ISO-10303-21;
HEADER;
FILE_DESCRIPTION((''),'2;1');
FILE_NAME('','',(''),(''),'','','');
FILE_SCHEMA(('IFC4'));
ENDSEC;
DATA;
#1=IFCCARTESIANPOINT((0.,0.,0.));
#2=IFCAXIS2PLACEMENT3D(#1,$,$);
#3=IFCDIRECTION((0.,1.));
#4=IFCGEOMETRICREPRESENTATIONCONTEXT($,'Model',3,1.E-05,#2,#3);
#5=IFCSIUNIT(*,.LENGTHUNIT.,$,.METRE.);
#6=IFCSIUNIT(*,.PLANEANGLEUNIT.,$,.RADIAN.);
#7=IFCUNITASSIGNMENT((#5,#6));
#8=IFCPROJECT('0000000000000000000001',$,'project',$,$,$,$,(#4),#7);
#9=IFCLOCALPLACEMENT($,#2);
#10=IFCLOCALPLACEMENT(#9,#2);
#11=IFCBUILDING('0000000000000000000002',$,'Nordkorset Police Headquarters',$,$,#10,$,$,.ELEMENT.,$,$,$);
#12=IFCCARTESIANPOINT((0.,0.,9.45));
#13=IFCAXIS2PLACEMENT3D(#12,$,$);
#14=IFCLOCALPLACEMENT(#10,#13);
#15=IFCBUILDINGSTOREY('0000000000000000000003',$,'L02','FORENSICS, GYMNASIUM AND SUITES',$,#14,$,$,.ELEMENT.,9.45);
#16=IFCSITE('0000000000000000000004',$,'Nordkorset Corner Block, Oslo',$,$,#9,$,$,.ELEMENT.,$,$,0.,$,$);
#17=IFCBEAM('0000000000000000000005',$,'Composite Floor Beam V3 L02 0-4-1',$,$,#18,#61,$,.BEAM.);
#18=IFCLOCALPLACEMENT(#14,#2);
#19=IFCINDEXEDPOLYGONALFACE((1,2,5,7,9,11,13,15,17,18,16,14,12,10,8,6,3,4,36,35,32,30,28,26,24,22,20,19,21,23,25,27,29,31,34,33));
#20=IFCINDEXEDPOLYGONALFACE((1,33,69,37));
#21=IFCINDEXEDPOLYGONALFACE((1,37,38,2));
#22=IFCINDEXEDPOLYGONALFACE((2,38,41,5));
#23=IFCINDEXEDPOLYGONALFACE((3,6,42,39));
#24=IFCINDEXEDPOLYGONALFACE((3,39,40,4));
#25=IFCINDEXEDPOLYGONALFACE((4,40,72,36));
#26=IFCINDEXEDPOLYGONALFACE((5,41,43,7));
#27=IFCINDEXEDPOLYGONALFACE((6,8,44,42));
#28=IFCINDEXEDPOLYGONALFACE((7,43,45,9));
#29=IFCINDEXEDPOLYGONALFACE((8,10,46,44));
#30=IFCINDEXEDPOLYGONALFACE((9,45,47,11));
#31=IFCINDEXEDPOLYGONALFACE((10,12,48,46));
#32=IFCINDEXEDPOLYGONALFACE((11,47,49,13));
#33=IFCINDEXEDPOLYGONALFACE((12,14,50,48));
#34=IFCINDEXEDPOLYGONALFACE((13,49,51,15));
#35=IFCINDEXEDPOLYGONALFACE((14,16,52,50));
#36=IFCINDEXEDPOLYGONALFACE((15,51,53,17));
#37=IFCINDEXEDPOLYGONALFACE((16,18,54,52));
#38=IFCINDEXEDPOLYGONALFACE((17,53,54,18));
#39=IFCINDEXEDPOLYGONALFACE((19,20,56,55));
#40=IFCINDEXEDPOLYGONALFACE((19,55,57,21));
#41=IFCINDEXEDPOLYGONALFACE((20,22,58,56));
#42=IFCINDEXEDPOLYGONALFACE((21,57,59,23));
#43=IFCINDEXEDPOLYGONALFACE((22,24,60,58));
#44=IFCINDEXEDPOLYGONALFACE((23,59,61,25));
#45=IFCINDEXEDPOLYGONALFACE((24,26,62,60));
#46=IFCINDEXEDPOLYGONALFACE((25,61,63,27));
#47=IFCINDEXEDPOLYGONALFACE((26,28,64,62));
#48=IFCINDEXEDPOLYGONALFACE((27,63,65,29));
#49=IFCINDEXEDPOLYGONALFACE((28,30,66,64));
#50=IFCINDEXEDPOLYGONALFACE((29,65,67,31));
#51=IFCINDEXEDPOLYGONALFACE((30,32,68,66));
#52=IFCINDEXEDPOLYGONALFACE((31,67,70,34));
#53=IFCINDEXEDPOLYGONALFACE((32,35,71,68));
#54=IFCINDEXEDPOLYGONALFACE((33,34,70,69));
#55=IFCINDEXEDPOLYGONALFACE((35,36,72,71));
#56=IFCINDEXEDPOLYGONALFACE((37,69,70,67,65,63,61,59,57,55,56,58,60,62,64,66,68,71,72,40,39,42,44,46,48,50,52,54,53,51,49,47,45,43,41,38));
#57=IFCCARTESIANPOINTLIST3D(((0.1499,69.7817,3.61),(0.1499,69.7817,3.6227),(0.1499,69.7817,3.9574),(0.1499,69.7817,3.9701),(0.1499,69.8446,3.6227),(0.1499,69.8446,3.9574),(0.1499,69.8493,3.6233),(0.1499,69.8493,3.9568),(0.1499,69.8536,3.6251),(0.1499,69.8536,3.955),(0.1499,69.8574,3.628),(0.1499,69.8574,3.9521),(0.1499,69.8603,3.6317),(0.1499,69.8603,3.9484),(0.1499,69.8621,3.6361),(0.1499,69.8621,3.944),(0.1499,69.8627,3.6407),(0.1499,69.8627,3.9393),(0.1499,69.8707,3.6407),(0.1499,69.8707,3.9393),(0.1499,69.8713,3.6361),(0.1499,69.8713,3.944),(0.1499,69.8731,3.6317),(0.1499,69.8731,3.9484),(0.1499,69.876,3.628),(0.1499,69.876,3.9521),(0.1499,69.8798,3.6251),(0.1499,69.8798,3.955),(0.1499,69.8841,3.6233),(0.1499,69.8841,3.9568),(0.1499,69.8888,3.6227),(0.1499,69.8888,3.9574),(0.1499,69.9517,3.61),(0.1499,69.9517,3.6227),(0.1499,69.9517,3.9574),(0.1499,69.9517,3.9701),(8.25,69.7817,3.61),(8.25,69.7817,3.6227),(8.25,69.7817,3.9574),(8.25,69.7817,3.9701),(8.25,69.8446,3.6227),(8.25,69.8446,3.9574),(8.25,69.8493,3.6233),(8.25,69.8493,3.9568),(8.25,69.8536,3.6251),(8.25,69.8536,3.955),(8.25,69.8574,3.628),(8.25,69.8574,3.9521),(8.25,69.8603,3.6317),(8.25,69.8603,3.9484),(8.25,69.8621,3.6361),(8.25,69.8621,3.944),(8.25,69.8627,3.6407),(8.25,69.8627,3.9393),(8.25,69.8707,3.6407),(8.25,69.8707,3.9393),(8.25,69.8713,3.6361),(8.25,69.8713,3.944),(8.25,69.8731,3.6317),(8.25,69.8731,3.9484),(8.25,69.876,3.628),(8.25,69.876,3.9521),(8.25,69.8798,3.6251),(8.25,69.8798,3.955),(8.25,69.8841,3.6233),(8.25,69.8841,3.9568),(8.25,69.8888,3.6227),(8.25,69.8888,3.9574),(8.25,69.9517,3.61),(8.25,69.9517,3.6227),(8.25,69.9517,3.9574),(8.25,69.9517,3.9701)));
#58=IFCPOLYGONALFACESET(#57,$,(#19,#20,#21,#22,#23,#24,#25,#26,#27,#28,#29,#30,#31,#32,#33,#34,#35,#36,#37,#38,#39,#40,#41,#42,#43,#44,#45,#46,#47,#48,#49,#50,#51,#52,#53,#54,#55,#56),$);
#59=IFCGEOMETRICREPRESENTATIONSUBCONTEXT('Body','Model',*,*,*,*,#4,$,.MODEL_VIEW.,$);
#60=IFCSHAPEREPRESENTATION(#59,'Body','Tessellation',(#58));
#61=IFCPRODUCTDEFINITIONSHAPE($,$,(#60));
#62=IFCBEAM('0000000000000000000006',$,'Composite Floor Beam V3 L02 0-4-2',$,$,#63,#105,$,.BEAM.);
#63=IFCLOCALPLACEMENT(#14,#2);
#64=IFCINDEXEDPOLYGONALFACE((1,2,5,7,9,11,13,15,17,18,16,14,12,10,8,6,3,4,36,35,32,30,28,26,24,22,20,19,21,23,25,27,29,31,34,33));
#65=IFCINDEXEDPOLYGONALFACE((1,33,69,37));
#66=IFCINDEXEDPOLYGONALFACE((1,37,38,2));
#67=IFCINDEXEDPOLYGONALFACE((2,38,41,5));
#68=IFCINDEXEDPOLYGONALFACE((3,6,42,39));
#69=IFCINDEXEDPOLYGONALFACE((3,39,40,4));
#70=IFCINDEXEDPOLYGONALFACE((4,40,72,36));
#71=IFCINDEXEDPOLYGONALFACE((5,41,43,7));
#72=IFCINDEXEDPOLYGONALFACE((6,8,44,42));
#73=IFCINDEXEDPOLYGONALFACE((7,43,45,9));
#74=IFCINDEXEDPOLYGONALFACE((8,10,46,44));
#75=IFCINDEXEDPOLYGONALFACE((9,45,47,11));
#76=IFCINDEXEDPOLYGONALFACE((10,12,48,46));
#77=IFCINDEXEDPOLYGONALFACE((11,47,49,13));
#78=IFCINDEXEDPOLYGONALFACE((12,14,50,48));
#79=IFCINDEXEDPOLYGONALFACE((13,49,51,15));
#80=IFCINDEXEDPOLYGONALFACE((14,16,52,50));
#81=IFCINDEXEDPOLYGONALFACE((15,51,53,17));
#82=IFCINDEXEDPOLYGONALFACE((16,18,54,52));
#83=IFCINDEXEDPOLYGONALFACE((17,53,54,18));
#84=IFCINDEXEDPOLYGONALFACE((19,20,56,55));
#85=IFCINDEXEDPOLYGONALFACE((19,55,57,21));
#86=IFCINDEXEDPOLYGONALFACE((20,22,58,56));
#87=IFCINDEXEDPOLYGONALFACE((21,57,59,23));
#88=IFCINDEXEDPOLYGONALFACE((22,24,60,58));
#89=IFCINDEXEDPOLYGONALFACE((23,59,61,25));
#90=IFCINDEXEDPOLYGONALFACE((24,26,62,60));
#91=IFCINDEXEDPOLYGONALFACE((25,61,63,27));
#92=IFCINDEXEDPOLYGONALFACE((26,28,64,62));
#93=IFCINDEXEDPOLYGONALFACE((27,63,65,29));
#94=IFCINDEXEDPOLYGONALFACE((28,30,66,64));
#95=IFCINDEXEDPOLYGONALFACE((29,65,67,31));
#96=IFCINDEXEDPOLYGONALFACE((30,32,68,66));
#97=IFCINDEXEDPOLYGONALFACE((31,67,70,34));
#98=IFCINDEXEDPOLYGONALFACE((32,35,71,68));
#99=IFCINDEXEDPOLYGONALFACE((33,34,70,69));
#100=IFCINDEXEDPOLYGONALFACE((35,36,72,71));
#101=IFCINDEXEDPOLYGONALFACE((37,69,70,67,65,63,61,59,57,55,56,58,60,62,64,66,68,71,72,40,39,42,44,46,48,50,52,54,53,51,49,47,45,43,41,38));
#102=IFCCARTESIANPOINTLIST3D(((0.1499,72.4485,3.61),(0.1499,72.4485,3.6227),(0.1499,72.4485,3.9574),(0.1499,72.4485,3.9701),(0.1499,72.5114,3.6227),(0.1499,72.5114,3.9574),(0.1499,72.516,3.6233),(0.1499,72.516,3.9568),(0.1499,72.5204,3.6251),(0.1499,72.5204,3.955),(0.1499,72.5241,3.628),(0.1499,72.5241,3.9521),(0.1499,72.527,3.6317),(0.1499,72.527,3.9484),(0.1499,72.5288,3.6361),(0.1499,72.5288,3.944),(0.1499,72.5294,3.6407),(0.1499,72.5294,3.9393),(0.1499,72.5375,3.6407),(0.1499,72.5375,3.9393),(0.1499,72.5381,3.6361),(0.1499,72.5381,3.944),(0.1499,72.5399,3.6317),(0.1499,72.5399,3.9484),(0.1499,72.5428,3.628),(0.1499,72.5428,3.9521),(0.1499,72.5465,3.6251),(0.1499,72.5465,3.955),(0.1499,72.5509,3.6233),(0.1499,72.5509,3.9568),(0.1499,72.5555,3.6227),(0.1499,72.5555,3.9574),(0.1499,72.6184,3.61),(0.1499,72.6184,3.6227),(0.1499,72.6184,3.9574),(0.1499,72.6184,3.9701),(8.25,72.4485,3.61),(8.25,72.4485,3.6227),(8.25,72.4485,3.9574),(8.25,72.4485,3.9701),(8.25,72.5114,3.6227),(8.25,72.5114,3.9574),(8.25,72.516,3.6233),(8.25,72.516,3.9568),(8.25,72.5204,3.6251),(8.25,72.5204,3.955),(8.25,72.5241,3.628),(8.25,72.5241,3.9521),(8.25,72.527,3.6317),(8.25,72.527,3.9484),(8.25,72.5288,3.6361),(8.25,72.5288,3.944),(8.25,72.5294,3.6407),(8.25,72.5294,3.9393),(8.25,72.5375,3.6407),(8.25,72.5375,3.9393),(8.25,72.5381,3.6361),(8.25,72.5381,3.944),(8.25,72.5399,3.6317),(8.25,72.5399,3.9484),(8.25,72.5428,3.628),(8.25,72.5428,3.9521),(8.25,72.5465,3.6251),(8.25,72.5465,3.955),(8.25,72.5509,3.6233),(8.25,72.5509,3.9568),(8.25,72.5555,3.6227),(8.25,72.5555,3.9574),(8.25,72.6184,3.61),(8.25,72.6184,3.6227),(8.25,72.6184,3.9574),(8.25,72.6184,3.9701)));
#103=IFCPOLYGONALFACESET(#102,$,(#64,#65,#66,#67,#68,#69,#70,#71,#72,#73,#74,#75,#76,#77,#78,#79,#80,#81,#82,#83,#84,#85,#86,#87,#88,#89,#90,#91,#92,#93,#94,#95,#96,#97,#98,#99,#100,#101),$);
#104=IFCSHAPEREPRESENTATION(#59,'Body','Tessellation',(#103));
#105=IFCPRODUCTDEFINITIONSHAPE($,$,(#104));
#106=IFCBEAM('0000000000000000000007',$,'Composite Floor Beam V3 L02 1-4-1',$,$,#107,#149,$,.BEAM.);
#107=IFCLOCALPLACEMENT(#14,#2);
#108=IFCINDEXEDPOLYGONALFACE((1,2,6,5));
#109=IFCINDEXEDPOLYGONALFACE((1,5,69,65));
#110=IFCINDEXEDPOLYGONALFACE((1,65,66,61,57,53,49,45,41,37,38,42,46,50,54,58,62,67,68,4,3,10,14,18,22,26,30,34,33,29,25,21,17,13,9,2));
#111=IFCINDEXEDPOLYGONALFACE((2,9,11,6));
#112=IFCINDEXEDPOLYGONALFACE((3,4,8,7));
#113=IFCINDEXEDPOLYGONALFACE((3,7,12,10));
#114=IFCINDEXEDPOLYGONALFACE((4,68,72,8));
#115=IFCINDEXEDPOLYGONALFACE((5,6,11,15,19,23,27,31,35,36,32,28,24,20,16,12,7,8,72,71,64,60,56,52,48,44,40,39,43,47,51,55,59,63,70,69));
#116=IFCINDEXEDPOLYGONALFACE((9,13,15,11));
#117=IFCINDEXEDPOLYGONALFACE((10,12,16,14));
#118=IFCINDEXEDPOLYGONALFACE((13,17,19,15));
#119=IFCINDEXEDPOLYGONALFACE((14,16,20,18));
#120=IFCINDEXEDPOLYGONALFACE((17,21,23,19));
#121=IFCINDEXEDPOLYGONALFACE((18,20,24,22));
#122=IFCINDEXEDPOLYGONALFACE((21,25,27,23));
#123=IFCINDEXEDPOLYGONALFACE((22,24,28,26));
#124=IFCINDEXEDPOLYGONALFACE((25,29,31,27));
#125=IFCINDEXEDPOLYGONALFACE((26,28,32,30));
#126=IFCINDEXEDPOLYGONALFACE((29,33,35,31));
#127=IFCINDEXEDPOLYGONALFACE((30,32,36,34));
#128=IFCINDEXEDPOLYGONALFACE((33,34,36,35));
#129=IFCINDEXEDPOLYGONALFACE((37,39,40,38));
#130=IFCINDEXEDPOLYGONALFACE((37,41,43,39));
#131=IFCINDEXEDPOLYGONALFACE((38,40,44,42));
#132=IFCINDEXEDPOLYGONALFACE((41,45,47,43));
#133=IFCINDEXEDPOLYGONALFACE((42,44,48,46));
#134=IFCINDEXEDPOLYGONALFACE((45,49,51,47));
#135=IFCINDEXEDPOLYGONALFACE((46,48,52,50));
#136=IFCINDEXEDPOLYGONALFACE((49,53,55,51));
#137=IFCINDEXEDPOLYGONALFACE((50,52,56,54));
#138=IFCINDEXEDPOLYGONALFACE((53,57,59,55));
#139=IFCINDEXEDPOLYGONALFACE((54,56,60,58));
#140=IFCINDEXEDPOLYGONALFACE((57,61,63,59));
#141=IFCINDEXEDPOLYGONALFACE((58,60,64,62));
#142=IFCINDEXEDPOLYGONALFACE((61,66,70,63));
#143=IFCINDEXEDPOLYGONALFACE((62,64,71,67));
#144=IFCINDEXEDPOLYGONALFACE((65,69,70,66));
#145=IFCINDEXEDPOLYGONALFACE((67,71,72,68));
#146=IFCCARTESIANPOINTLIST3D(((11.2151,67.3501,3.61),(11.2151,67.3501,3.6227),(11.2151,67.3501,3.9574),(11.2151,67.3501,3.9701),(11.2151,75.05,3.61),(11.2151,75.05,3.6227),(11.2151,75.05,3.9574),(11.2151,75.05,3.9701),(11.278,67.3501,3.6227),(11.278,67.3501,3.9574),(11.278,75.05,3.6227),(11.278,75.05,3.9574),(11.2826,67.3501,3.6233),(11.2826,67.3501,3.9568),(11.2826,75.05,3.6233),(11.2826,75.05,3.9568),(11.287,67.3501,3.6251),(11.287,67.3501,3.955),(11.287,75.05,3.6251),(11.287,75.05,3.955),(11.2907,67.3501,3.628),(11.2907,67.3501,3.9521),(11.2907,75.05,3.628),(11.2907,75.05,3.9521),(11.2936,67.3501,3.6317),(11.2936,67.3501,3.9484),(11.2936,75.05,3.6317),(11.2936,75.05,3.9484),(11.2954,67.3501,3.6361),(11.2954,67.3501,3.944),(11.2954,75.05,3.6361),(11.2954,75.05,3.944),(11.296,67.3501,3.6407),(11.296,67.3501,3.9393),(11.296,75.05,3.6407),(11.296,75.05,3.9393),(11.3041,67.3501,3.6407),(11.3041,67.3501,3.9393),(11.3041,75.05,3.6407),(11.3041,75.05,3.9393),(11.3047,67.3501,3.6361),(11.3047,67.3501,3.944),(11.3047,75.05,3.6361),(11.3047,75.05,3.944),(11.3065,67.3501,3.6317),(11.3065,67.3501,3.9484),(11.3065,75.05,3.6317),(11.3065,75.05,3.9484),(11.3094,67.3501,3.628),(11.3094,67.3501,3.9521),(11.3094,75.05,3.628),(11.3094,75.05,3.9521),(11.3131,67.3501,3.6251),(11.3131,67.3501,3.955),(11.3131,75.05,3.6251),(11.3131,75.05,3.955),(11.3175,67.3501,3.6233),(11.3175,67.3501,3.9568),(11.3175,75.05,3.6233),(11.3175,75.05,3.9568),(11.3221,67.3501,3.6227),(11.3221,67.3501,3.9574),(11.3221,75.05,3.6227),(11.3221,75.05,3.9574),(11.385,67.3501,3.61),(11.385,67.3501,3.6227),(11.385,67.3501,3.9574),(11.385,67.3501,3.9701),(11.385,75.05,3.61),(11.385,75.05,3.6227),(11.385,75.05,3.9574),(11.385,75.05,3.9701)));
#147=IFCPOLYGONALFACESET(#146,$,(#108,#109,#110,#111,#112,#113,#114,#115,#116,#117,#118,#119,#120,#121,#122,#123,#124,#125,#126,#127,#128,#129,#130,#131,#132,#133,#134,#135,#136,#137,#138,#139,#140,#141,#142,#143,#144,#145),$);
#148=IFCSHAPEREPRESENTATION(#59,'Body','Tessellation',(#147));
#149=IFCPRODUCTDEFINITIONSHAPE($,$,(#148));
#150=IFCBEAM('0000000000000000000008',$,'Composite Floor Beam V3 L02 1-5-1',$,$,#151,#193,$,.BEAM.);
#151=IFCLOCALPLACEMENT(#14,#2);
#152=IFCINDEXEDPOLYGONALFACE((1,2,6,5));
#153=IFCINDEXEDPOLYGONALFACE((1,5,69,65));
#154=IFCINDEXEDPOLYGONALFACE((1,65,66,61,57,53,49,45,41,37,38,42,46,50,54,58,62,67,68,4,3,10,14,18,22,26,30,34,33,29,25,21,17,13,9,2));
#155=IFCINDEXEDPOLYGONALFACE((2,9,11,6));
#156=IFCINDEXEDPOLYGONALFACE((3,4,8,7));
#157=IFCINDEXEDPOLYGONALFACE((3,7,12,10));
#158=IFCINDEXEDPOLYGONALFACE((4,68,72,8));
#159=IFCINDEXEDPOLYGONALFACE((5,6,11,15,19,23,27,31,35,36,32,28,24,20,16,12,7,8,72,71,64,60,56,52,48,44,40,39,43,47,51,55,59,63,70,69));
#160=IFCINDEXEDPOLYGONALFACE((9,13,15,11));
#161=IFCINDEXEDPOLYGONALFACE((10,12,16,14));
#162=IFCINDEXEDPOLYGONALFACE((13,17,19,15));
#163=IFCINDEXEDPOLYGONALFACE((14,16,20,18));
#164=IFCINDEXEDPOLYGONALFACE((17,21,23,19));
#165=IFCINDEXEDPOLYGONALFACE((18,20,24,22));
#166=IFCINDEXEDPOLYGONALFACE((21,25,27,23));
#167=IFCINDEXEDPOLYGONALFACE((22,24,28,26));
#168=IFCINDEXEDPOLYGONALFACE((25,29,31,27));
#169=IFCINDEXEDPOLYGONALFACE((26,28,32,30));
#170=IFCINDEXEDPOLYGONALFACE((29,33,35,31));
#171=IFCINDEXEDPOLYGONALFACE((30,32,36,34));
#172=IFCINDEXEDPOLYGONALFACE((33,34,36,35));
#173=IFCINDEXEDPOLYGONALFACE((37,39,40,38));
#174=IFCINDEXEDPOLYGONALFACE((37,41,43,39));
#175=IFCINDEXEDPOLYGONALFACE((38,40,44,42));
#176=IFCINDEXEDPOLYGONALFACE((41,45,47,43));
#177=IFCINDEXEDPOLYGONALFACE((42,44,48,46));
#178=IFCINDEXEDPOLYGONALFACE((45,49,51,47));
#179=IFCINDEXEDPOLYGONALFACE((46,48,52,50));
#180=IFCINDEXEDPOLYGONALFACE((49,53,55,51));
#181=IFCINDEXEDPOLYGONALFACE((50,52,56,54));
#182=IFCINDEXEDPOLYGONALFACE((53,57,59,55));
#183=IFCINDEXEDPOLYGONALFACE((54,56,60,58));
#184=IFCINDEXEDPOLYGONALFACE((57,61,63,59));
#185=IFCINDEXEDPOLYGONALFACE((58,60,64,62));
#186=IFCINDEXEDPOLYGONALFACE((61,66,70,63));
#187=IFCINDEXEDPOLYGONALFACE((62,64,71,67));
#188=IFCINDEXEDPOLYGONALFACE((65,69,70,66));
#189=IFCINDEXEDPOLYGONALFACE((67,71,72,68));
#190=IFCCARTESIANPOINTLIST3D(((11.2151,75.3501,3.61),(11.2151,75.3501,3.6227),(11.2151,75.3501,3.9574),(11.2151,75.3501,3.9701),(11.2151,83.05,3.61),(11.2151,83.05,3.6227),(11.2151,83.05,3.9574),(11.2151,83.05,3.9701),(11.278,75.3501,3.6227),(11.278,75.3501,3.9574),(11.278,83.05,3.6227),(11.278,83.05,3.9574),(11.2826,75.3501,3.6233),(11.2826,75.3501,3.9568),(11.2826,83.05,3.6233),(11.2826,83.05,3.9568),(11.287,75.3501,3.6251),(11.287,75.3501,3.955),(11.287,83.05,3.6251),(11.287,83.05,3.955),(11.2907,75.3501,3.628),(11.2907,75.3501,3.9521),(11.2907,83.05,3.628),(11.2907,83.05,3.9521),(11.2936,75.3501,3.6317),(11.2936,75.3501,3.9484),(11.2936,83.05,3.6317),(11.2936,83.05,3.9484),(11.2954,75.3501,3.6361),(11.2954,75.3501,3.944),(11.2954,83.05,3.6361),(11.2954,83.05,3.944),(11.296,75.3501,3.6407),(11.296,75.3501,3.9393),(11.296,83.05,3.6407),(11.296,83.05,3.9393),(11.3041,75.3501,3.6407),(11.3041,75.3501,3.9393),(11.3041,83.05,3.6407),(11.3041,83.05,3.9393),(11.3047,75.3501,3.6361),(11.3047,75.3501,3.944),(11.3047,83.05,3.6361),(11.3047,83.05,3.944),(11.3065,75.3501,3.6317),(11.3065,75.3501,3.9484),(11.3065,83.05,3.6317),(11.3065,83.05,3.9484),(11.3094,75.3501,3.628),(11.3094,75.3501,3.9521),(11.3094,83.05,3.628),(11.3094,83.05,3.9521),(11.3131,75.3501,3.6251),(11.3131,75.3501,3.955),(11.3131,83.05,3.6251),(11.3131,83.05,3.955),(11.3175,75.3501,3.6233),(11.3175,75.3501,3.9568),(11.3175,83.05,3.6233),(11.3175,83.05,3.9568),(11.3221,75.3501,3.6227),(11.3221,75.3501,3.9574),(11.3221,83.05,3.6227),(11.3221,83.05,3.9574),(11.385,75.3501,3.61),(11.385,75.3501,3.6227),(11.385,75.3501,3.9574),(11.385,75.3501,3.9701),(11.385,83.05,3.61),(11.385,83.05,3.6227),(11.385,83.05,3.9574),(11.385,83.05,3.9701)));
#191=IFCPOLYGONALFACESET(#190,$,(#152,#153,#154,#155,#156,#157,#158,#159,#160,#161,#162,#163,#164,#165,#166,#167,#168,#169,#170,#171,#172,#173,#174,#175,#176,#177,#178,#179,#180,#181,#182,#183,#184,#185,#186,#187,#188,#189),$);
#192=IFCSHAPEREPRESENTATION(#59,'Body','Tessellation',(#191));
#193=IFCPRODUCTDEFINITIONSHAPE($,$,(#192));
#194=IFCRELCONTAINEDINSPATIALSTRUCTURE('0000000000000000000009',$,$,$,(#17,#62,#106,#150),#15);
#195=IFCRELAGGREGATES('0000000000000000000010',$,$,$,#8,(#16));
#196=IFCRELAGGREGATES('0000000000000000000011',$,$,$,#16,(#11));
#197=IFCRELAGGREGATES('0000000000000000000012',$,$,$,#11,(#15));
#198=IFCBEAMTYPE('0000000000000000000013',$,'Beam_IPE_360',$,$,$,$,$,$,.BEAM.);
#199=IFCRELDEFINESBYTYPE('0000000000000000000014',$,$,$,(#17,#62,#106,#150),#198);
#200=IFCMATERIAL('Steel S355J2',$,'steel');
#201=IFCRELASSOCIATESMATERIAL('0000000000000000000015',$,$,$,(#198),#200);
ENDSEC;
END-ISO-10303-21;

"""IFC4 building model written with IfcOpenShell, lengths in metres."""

from ifc_helpers import new_model, si_unit, direction, frame, origin, origin_2d, place, context, subcontext, project, spatial, i_section, extrude, material, material_profile, profile_set, type_object, element, save


model = new_model("IFC4")

# Units and contexts
model_context = context("Model", 3, precision=1e-05, world=origin(), true_north=direction((0.0, 1.0)))
body_context = subcontext(model_context, "Body", "Model", "MODEL_VIEW")
ifc_project = project(units=[si_unit("LENGTHUNIT", "METRE"), si_unit("PLANEANGLEUNIT", "RADIAN")], contexts=[model_context])

# Site, building, storey
site_placement = place(None, origin())
site = spatial("IfcSite", under=ifc_project, at=site_placement, Name="Nordkorset Corner Block, Oslo", CompositionType="ELEMENT", RefElevation=0.0)
building_placement = place(site_placement, origin())
building = spatial("IfcBuilding", under=site, at=building_placement, Name="Nordkorset Police Headquarters", CompositionType="ELEMENT")
storey_placement = place(building_placement, frame((0.0, 0.0, 9.45)))
storey = spatial("IfcBuildingStorey", under=building, at=storey_placement, Name="L02", Description="FORENSICS, GYMNASIUM AND SUITES", CompositionType="ELEMENT", Elevation=9.45)

# Beams
ifc_material_1 = material(Name="Steel S355J2", Category="steel")
ifc_material_profile_1 = material_profile(ifc_material_1, i_section(OverallWidth=0.1699, OverallDepth=0.3601, WebThickness=0.0081, FlangeThickness=0.0127, FilletRadius=0.0181, at=origin_2d()), Name="IPE 360")
ifc_profile_set_1 = profile_set([ifc_material_profile_1], Name="Steel S355J2")
beam_type_1 = type_object("IfcBeamType", Name="Beam_IPE_360", PredefinedType="BEAM", material=ifc_profile_set_1)
for number, where, z_axis, x_axis, name in (
    (1, (0.1499, 69.8667, 3.79), (1.0, 0.0, 0.0), (0.0, 1.0, 0.0), "Composite Floor Beam V3 L02 0-4-1"),
    (2, (0.1499, 72.5334, 3.79), (1.0, 0.0, 0.0), (0.0, 1.0, 0.0), "Composite Floor Beam V3 L02 0-4-2"),
):
    element("IfcBeam", number, at=place(storey_placement, frame(where, z_axis=z_axis, x_axis=x_axis)), inside=storey, type_object=beam_type_1, Name=name, PredefinedType="BEAM", context=body_context, shape_type="SweptSolid", body=[
        extrude(i_section(OverallWidth=0.1699, OverallDepth=0.3601, WebThickness=0.0081, FlangeThickness=0.0127, FilletRadius=0.0181, at=origin_2d()), origin(), (0.0, 0.0, 1.0), 8.1001),
    ])
for number, where, z_axis, x_axis, name in (
    (3, (11.3, 67.3501, 3.79), (0.0, 1.0, 0.0), (-1.0, 0.0, 0.0), "Composite Floor Beam V3 L02 1-4-1"),
    (4, (11.3, 75.3501, 3.79), (0.0, 1.0, 0.0), (-1.0, 0.0, 0.0), "Composite Floor Beam V3 L02 1-5-1"),
):
    element("IfcBeam", number, at=place(storey_placement, frame(where, z_axis=z_axis, x_axis=x_axis)), inside=storey, type_object=beam_type_1, Name=name, PredefinedType="BEAM", context=body_context, shape_type="SweptSolid", body=[
        extrude(i_section(OverallWidth=0.1699, OverallDepth=0.3601, WebThickness=0.0081, FlangeThickness=0.0127, FilletRadius=0.0181, at=origin_2d()), origin(), (0.0, 0.0, 1.0), 7.7),
    ])

save(model, "model.ifc")
